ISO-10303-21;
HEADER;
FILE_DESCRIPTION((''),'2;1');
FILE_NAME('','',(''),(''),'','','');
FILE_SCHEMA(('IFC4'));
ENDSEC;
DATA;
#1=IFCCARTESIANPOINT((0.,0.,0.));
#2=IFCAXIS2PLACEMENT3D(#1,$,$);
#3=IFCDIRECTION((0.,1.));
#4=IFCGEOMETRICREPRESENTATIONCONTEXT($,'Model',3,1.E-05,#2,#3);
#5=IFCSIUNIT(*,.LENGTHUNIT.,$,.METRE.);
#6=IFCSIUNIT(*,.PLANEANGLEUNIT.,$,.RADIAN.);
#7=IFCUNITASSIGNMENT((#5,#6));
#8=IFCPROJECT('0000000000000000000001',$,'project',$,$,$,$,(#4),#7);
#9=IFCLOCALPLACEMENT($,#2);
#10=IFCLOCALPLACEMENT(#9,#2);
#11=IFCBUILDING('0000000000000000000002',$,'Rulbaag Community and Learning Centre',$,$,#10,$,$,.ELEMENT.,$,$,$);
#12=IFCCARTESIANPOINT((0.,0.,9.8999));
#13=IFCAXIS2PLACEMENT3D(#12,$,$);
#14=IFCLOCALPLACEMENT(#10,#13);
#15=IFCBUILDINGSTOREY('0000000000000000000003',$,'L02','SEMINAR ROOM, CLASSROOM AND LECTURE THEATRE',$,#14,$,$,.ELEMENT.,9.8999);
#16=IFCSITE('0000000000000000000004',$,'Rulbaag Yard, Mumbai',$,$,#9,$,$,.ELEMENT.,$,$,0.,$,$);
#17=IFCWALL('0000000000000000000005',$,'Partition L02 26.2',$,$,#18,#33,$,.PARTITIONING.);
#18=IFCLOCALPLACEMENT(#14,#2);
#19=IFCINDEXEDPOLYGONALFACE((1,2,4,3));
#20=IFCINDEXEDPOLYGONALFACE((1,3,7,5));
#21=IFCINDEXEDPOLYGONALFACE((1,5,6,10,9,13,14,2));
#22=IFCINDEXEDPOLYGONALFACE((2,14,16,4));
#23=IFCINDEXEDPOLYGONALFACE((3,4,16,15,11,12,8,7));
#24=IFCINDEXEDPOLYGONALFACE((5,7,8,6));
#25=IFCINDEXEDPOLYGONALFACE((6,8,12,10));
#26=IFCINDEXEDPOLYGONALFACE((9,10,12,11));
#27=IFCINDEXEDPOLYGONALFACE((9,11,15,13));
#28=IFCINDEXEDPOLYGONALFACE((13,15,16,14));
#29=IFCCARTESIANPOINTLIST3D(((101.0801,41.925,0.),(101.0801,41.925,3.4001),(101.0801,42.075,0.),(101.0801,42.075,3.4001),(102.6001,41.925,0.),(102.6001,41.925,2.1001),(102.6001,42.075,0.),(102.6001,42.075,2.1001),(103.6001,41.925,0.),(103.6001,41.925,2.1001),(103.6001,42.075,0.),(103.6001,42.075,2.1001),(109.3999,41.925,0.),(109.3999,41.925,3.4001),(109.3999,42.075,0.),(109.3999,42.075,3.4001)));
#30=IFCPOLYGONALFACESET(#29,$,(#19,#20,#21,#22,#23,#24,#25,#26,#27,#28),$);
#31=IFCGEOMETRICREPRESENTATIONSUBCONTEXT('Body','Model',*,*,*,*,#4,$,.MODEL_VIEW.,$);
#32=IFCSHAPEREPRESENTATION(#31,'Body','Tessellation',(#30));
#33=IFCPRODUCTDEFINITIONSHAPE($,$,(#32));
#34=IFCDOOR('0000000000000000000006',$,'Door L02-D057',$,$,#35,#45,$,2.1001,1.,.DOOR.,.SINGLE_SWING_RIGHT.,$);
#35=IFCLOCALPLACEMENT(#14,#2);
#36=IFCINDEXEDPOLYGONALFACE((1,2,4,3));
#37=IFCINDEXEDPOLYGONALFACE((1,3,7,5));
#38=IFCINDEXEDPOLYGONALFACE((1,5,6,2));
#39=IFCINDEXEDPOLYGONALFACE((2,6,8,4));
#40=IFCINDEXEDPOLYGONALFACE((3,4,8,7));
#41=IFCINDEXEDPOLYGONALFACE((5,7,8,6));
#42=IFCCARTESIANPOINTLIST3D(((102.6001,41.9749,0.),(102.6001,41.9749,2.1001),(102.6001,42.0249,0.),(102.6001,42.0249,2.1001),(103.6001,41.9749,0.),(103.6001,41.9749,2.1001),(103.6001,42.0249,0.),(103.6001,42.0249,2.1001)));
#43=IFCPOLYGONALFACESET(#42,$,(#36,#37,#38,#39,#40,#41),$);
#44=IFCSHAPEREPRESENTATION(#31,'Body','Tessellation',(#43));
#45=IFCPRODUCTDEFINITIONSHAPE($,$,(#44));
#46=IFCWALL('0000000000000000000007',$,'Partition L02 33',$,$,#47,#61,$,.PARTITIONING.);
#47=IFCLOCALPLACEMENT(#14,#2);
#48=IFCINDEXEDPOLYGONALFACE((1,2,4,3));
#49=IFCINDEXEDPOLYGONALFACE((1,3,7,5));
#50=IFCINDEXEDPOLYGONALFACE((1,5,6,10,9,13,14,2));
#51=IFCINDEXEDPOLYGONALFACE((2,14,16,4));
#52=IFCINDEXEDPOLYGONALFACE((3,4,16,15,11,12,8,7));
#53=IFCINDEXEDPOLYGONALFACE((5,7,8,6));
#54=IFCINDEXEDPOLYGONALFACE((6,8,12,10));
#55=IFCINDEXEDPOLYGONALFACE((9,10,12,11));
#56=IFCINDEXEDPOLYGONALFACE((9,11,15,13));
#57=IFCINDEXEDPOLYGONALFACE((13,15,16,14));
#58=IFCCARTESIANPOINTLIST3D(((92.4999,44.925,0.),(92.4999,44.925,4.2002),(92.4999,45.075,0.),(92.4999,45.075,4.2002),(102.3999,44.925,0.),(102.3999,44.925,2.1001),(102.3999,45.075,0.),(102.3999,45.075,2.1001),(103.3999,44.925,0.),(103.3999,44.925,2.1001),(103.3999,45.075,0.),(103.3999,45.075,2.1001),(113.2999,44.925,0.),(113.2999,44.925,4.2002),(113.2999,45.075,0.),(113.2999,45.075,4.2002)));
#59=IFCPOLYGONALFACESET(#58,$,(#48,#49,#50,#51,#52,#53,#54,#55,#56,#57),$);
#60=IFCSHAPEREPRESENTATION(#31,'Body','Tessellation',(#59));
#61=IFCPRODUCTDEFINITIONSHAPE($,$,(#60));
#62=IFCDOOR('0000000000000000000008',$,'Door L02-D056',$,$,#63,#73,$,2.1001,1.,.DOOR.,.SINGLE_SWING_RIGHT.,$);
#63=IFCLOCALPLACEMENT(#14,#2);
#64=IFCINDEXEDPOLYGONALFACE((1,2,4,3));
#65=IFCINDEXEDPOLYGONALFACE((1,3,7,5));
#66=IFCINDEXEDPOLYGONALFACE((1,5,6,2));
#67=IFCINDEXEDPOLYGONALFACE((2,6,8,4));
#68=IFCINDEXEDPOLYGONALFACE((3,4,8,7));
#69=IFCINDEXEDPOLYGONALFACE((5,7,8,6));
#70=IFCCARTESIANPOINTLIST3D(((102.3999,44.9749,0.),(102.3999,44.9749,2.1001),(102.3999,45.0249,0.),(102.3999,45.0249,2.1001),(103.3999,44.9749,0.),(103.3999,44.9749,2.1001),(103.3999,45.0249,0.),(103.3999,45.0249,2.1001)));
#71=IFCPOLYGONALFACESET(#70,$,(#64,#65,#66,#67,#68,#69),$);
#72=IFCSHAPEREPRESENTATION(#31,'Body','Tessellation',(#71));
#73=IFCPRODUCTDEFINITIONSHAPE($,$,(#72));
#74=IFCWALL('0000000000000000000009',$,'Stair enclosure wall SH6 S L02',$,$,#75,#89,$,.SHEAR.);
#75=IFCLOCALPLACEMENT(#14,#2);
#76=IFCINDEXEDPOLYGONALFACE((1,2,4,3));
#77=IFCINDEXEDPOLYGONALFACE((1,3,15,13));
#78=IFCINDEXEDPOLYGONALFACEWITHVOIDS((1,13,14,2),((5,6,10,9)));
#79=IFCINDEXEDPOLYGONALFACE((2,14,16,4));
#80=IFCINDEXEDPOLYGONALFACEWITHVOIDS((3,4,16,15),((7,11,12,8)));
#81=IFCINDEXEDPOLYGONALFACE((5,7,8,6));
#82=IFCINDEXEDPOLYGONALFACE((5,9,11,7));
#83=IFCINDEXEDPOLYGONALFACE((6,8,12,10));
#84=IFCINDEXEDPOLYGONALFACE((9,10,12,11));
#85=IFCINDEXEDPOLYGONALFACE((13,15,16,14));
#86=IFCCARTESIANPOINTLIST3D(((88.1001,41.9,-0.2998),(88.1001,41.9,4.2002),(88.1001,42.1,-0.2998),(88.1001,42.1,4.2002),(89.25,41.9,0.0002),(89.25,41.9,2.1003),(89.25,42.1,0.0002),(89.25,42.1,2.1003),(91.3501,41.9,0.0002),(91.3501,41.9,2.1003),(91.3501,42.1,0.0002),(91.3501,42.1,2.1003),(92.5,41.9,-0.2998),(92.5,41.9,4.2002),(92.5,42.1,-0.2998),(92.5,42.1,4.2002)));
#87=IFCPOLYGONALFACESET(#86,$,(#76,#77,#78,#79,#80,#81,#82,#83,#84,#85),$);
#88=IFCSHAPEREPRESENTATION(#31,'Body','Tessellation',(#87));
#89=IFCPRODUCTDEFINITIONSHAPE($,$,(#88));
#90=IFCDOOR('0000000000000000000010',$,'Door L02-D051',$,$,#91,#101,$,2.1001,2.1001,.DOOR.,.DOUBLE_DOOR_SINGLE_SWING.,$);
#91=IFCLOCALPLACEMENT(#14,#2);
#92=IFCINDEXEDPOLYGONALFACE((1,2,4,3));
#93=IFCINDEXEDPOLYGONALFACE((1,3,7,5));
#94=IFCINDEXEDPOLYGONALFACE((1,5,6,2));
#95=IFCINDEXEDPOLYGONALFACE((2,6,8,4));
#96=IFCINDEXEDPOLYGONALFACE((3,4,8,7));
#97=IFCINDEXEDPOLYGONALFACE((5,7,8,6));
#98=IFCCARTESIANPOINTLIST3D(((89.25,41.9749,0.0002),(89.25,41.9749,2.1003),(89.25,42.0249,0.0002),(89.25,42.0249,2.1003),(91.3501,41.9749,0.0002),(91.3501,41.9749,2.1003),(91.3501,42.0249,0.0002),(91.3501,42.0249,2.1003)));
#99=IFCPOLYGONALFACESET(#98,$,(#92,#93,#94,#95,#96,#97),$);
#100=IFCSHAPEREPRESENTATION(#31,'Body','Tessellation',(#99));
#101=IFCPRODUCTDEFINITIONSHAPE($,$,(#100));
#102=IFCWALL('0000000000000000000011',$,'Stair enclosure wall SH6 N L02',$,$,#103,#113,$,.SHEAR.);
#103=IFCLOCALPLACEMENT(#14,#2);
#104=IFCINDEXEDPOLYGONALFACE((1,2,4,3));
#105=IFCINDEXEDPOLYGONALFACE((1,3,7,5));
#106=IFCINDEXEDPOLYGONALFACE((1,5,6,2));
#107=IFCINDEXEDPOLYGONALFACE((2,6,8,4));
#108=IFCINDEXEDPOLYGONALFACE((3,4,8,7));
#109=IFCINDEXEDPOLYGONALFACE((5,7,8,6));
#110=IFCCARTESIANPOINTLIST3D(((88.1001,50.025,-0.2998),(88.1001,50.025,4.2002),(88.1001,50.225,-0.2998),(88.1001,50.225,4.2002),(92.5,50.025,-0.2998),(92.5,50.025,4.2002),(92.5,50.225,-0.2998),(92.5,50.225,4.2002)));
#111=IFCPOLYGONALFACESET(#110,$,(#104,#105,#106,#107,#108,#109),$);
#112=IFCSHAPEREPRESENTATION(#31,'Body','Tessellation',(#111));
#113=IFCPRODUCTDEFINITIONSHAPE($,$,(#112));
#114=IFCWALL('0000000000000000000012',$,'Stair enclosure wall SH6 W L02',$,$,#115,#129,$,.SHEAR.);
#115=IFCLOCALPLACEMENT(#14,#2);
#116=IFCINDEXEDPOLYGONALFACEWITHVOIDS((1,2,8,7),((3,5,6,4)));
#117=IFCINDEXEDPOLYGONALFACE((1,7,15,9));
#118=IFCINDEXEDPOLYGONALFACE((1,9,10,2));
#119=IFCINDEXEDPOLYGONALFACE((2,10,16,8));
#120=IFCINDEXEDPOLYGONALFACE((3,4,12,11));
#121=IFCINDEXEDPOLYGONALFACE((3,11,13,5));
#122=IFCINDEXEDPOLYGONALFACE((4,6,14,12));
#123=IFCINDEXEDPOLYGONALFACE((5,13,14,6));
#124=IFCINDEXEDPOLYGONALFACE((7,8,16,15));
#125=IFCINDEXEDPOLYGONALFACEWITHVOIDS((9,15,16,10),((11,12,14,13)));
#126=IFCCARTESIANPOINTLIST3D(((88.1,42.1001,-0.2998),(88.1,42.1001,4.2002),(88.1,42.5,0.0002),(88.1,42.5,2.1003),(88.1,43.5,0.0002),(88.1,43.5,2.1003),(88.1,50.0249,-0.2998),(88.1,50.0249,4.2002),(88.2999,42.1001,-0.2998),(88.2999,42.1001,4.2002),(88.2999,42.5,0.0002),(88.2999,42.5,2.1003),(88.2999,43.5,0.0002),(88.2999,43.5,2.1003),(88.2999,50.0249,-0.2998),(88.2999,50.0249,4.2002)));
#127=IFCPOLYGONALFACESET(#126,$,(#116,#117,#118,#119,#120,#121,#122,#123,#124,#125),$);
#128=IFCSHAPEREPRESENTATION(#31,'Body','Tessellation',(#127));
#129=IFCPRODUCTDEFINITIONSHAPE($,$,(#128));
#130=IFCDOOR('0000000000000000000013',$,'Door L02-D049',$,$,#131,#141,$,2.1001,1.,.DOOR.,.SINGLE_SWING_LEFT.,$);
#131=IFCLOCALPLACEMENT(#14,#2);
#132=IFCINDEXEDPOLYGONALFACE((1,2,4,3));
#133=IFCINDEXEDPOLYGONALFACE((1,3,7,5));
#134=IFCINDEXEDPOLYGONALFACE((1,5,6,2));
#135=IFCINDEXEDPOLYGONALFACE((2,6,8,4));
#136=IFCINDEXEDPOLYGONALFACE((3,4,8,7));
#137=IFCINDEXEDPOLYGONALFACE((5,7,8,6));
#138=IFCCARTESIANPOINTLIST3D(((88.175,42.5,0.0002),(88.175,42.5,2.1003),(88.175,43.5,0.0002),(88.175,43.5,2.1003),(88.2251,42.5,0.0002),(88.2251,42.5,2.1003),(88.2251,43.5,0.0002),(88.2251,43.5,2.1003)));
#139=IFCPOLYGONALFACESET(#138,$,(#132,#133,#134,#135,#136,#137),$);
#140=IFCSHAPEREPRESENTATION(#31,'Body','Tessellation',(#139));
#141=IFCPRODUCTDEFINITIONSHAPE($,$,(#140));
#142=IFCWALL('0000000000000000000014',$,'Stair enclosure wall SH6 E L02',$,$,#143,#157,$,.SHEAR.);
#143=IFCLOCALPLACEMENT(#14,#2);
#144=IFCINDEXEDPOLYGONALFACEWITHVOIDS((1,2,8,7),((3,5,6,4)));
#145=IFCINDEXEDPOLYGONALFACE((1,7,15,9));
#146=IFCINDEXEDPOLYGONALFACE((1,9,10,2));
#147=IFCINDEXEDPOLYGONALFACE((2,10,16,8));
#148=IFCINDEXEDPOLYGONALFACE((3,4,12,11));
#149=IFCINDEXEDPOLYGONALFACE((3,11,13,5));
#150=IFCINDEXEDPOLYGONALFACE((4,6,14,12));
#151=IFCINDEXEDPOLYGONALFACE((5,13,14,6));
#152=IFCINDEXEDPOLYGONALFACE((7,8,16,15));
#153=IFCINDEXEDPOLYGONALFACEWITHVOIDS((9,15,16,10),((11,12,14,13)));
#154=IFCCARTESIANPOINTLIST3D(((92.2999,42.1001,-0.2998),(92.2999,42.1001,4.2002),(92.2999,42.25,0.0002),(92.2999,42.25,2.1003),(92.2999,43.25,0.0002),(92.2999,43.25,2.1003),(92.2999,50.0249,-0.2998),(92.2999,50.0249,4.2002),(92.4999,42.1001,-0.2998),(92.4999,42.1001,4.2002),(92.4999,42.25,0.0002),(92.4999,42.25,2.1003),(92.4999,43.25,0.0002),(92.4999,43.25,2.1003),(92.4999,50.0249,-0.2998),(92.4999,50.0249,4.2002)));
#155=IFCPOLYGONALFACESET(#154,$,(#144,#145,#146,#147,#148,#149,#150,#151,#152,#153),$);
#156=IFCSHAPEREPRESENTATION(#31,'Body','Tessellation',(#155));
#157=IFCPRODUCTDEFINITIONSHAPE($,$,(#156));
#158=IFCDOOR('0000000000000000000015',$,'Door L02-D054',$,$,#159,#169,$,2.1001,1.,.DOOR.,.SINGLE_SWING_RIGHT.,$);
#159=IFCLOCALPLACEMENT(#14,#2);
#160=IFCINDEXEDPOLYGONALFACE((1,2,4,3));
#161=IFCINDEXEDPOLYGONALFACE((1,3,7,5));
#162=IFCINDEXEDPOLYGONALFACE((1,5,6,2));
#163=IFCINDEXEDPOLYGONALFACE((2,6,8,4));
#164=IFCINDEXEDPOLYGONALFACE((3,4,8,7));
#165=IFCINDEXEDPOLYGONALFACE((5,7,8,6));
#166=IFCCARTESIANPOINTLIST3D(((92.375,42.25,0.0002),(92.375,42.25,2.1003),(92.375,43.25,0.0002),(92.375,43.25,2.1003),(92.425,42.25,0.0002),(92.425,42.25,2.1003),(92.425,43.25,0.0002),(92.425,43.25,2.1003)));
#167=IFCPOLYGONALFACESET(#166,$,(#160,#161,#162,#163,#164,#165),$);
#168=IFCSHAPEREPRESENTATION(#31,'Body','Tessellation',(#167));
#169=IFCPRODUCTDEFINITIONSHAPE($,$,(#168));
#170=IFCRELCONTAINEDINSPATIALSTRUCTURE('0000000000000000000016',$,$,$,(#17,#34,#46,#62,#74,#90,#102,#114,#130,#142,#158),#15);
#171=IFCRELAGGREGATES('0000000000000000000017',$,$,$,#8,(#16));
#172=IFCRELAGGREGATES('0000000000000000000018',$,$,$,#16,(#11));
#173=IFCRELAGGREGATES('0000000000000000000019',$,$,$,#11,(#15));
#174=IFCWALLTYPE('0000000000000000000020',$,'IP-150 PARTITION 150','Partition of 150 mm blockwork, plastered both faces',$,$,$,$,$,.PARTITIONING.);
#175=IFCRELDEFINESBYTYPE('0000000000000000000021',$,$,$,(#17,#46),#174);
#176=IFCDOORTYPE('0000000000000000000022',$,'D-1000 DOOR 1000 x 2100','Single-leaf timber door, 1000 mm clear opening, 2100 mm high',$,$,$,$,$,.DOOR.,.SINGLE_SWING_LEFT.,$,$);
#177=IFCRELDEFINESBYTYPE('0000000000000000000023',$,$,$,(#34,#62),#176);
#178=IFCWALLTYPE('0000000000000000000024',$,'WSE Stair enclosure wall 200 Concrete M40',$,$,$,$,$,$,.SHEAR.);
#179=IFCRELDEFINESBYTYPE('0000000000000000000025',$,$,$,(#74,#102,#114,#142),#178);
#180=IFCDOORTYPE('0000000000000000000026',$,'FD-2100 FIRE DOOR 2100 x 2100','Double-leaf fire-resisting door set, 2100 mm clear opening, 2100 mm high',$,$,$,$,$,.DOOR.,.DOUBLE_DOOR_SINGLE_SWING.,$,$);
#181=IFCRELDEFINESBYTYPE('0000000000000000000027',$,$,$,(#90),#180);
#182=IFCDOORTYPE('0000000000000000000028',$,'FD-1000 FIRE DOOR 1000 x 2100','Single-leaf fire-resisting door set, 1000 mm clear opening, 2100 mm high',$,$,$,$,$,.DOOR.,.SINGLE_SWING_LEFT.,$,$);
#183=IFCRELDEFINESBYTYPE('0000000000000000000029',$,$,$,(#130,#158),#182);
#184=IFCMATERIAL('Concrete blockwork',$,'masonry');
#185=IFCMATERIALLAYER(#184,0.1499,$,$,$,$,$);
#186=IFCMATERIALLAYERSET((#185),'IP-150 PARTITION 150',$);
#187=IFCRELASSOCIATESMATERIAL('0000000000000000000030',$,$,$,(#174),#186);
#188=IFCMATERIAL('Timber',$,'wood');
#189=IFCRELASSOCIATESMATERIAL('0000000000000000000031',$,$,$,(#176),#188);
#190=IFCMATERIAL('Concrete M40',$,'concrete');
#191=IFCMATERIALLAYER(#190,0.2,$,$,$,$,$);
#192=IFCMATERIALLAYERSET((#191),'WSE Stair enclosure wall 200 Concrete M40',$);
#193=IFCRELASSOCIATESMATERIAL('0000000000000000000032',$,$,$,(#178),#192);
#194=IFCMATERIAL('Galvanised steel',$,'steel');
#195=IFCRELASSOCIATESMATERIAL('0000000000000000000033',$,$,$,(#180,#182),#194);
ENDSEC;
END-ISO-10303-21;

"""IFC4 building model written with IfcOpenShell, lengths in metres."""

from ifc_helpers import new_model, si_unit, direction, frame, frame_2d, origin, place, context, subcontext, project, spatial, rectangle, extrude, material, layer, layer_set, type_object, element, fill, save


model = new_model("IFC4")

# Units and contexts
model_context = context("Model", 3, precision=1e-05, world=origin(), true_north=direction((0.0, 1.0)))
body_context = subcontext(model_context, "Body", "Model", "MODEL_VIEW")
ifc_project = project(units=[si_unit("LENGTHUNIT", "METRE"), si_unit("PLANEANGLEUNIT", "RADIAN")], contexts=[model_context])

# Site, building, storey
site_placement = place(None, origin())
site = spatial("IfcSite", under=ifc_project, at=site_placement, Name="Rulbaag Yard, Mumbai", CompositionType="ELEMENT", RefElevation=0.0)
building_placement = place(site_placement, origin())
building = spatial("IfcBuilding", under=site, at=building_placement, Name="Rulbaag Community and Learning Centre", CompositionType="ELEMENT")
storey_placement = place(building_placement, frame((0.0, 0.0, 9.8999)))
storey = spatial("IfcBuildingStorey", under=building, at=storey_placement, Name="L02", Description="SEMINAR ROOM, CLASSROOM AND LECTURE THEATRE", CompositionType="ELEMENT", Elevation=9.8999)

# Shared definitions
ifc_material_1 = material(Name="Concrete M40", Category="concrete")

# Shared definitions
ifc_material_2 = material(Name="Concrete blockwork", Category="masonry")
ifc_layer_1 = layer(ifc_material_2, 0.1499)
ifc_layer_set_1 = layer_set([ifc_layer_1], Name="IP-150 PARTITION 150")
wall_type_1 = type_object("IfcWallType", Name="IP-150 PARTITION 150", Description="Partition of 150 mm blockwork, plastered both faces", PredefinedType="PARTITIONING", material=ifc_layer_set_1)

# Walls, openings, doors
wall_1_placement = place(storey_placement, frame((101.0801, 42.0, 0.0), z_axis=(0.0, 0.0, 1.0), x_axis=(1.0, 0.0, 0.0)))
wall_1 = element("IfcWall", 1, at=wall_1_placement, inside=storey, type_object=wall_type_1, Name="Partition L02 26.2", PredefinedType="PARTITIONING", context=body_context, shape_type="SweptSolid", body=[
    extrude(rectangle(XDim=8.3198, YDim=0.1499, at=frame_2d((4.1599, 0.0))), origin(), (0.0, 0.0, 1.0), 3.4001),
])
opening_1_placement = place(wall_1_placement, frame((1.52, 0.0, 0.0)))
opening_1 = element("IfcOpeningElement", 2, at=opening_1_placement, cuts=wall_1, PredefinedType="OPENING", context=body_context, shape_type="SweptSolid", body=[
    extrude(rectangle(XDim=1.0, YDim=2.1001, at=frame_2d((0.5, 1.05))), frame((0.0, 0.085, 0.0), z_axis=(0.0, -1.0, 0.0), x_axis=(1.0, 0.0, 0.0)), (0.0, 0.0, 1.0), 0.1699),
])
ifc_material_3 = material(Name="Timber", Category="wood")
door_type_1 = type_object("IfcDoorType", Name="D-1000 DOOR 1000 x 2100", Description="Single-leaf timber door, 1000 mm clear opening, 2100 mm high", OperationType="SINGLE_SWING_LEFT", PredefinedType="DOOR", material=ifc_material_3)
door_1_placement = place(opening_1_placement, origin())
door_1 = element("IfcDoor", 3, at=door_1_placement, inside=storey, type_object=door_type_1, Name="Door L02-D057", OperationType="SINGLE_SWING_RIGHT", OverallHeight=2.1001, OverallWidth=1.0, PredefinedType="DOOR", context=body_context, shape_type="SweptSolid", body=[
    extrude(rectangle(XDim=1.0, YDim=2.1001, at=frame_2d((0.5, 1.05))), frame((0.0, 0.0249, 0.0), z_axis=(0.0, -1.0, 0.0), x_axis=(1.0, 0.0, 0.0)), (0.0, 0.0, 1.0), 0.05),
])
fill(opening_1, door_1)
wall_2_placement = place(storey_placement, frame((92.5, 45.0, 0.0), z_axis=(0.0, 0.0, 1.0), x_axis=(1.0, 0.0, 0.0)))
wall_2 = element("IfcWall", 4, at=wall_2_placement, inside=storey, type_object=wall_type_1, Name="Partition L02 33", PredefinedType="PARTITIONING", context=body_context, shape_type="SweptSolid", body=[
    extrude(rectangle(XDim=20.8, YDim=0.1499, at=frame_2d((10.3999, 0.0))), origin(), (0.0, 0.0, 1.0), 4.2002),
])
opening_2_placement = place(wall_2_placement, frame((9.8999, 0.0, 0.0)))
opening_2 = element("IfcOpeningElement", 5, at=opening_2_placement, cuts=wall_2, PredefinedType="OPENING", context=body_context, shape_type="SweptSolid", body=[
    extrude(rectangle(XDim=1.0, YDim=2.1001, at=frame_2d((0.5, 1.05))), frame((0.0, 0.085, 0.0), z_axis=(0.0, -1.0, 0.0), x_axis=(1.0, 0.0, 0.0)), (0.0, 0.0, 1.0), 0.1699),
])
door_2_placement = place(opening_2_placement, origin())
door_2 = element("IfcDoor", 6, at=door_2_placement, inside=storey, type_object=door_type_1, Name="Door L02-D056", OperationType="SINGLE_SWING_RIGHT", OverallHeight=2.1001, OverallWidth=1.0, PredefinedType="DOOR", context=body_context, shape_type="SweptSolid", body=[
    extrude(rectangle(XDim=1.0, YDim=2.1001, at=frame_2d((0.5, 1.05))), frame((0.0, 0.0249, 0.0), z_axis=(0.0, -1.0, 0.0), x_axis=(1.0, 0.0, 0.0)), (0.0, 0.0, 1.0), 0.05),
])
fill(opening_2, door_2)
ifc_layer_2 = layer(ifc_material_1, 0.2)
ifc_layer_set_2 = layer_set([ifc_layer_2], Name="WSE Stair enclosure wall 200 Concrete M40")
wall_type_2 = type_object("IfcWallType", Name="WSE Stair enclosure wall 200 Concrete M40", PredefinedType="SHEAR", material=ifc_layer_set_2)
wall_3_placement = place(storey_placement, frame((88.1001, 42.0, -0.2998), z_axis=(0.0, 0.0, 1.0), x_axis=(1.0, 0.0, 0.0)))
wall_3 = element("IfcWall", 7, at=wall_3_placement, inside=storey, type_object=wall_type_2, Name="Stair enclosure wall SH6 S L02", PredefinedType="SHEAR", context=body_context, shape_type="SweptSolid", body=[
    extrude(rectangle(XDim=4.3999, YDim=0.2, at=frame_2d((2.2, 0.0))), origin(), (0.0, 0.0, 1.0), 4.5),
])
opening_3_placement = place(wall_3_placement, frame((1.1499, 0.0, 0.3)))
opening_3 = element("IfcOpeningElement", 8, at=opening_3_placement, cuts=wall_3, PredefinedType="OPENING", context=body_context, shape_type="SweptSolid", body=[
    extrude(rectangle(XDim=2.1001, YDim=2.1001, at=frame_2d((1.05, 1.05))), frame((0.0, 0.1099, 0.0), z_axis=(0.0, -1.0, 0.0), x_axis=(1.0, 0.0, 0.0)), (0.0, 0.0, 1.0), 0.22),
])
ifc_material_4 = material(Name="Galvanised steel", Category="steel")
door_type_2 = type_object("IfcDoorType", Name="FD-2100 FIRE DOOR 2100 x 2100", Description="Double-leaf fire-resisting door set, 2100 mm clear opening, 2100 mm high", OperationType="DOUBLE_DOOR_SINGLE_SWING", PredefinedType="DOOR", material=ifc_material_4)
door_3_placement = place(opening_3_placement, origin())
door_3 = element("IfcDoor", 9, at=door_3_placement, inside=storey, type_object=door_type_2, Name="Door L02-D051", OperationType="DOUBLE_DOOR_SINGLE_SWING", OverallHeight=2.1001, OverallWidth=2.1001, PredefinedType="DOOR", context=body_context, shape_type="SweptSolid", body=[
    extrude(rectangle(XDim=2.1001, YDim=2.1001, at=frame_2d((1.05, 1.05))), frame((0.0, 0.0249, 0.0), z_axis=(0.0, -1.0, 0.0), x_axis=(1.0, 0.0, 0.0)), (0.0, 0.0, 1.0), 0.05),
])
fill(opening_3, door_3)

# Wall
wall_4_placement = place(storey_placement, frame((88.1001, 50.125, -0.2998), z_axis=(0.0, 0.0, 1.0), x_axis=(1.0, 0.0, 0.0)))
element("IfcWall", 10, at=wall_4_placement, inside=storey, type_object=wall_type_2, Name="Stair enclosure wall SH6 N L02", PredefinedType="SHEAR", context=body_context, shape_type="SweptSolid", body=[
    extrude(rectangle(XDim=4.3999, YDim=0.2, at=frame_2d((2.2, 0.0))), origin(), (0.0, 0.0, 1.0), 4.5),
])

# Walls, openings, doors
wall_5_placement = place(storey_placement, frame((88.2, 42.1001, -0.2998), z_axis=(0.0, 0.0, 1.0), x_axis=(0.0, 1.0, 0.0)))
wall_5 = element("IfcWall", 11, at=wall_5_placement, inside=storey, type_object=wall_type_2, Name="Stair enclosure wall SH6 W L02", PredefinedType="SHEAR", context=body_context, shape_type="SweptSolid", body=[
    extrude(rectangle(XDim=7.9248, YDim=0.2, at=frame_2d((3.9624, 0.0))), origin(), (0.0, 0.0, 1.0), 4.5),
])
opening_4_placement = place(wall_5_placement, frame((0.3999, 0.0, 0.3)))
opening_4 = element("IfcOpeningElement", 12, at=opening_4_placement, cuts=wall_5, PredefinedType="OPENING", context=body_context, shape_type="SweptSolid", body=[
    extrude(rectangle(XDim=1.0, YDim=2.1001, at=frame_2d((0.5, 1.05))), frame((0.0, 0.1099, 0.0), z_axis=(0.0, -1.0, 0.0), x_axis=(1.0, 0.0, 0.0)), (0.0, 0.0, 1.0), 0.22),
])
door_type_3 = type_object("IfcDoorType", Name="FD-1000 FIRE DOOR 1000 x 2100", Description="Single-leaf fire-resisting door set, 1000 mm clear opening, 2100 mm high", OperationType="SINGLE_SWING_LEFT", PredefinedType="DOOR", material=ifc_material_4)
door_4_placement = place(opening_4_placement, origin())
door_4 = element("IfcDoor", 13, at=door_4_placement, inside=storey, type_object=door_type_3, Name="Door L02-D049", OperationType="SINGLE_SWING_LEFT", OverallHeight=2.1001, OverallWidth=1.0, PredefinedType="DOOR", context=body_context, shape_type="SweptSolid", body=[
    extrude(rectangle(XDim=1.0, YDim=2.1001, at=frame_2d((0.5, 1.05))), frame((0.0, 0.0249, 0.0), z_axis=(0.0, -1.0, 0.0), x_axis=(1.0, 0.0, 0.0)), (0.0, 0.0, 1.0), 0.05),
])
fill(opening_4, door_4)
wall_6_placement = place(storey_placement, frame((92.3999, 42.1001, -0.2998), z_axis=(0.0, 0.0, 1.0), x_axis=(0.0, 1.0, 0.0)))
wall_6 = element("IfcWall", 14, at=wall_6_placement, inside=storey, type_object=wall_type_2, Name="Stair enclosure wall SH6 E L02", PredefinedType="SHEAR", context=body_context, shape_type="SweptSolid", body=[
    extrude(rectangle(XDim=7.9248, YDim=0.2, at=frame_2d((3.9624, 0.0))), origin(), (0.0, 0.0, 1.0), 4.5),
])
opening_5_placement = place(wall_6_placement, frame((0.1499, 0.0, 0.3)))
opening_5 = element("IfcOpeningElement", 15, at=opening_5_placement, cuts=wall_6, PredefinedType="OPENING", context=body_context, shape_type="SweptSolid", body=[
    extrude(rectangle(XDim=1.0, YDim=2.1001, at=frame_2d((0.5, 1.05))), frame((0.0, 0.1099, 0.0), z_axis=(0.0, -1.0, 0.0), x_axis=(1.0, 0.0, 0.0)), (0.0, 0.0, 1.0), 0.22),
])
door_5_placement = place(opening_5_placement, origin())
door_5 = element("IfcDoor", 16, at=door_5_placement, inside=storey, type_object=door_type_3, Name="Door L02-D054", OperationType="SINGLE_SWING_RIGHT", OverallHeight=2.1001, OverallWidth=1.0, PredefinedType="DOOR", context=body_context, shape_type="SweptSolid", body=[
    extrude(rectangle(XDim=1.0, YDim=2.1001, at=frame_2d((0.5, 1.05))), frame((0.0, 0.0249, 0.0), z_axis=(0.0, -1.0, 0.0), x_axis=(1.0, 0.0, 0.0)), (0.0, 0.0, 1.0), 0.05),
])
fill(opening_5, door_5)

save(model, "model.ifc")
